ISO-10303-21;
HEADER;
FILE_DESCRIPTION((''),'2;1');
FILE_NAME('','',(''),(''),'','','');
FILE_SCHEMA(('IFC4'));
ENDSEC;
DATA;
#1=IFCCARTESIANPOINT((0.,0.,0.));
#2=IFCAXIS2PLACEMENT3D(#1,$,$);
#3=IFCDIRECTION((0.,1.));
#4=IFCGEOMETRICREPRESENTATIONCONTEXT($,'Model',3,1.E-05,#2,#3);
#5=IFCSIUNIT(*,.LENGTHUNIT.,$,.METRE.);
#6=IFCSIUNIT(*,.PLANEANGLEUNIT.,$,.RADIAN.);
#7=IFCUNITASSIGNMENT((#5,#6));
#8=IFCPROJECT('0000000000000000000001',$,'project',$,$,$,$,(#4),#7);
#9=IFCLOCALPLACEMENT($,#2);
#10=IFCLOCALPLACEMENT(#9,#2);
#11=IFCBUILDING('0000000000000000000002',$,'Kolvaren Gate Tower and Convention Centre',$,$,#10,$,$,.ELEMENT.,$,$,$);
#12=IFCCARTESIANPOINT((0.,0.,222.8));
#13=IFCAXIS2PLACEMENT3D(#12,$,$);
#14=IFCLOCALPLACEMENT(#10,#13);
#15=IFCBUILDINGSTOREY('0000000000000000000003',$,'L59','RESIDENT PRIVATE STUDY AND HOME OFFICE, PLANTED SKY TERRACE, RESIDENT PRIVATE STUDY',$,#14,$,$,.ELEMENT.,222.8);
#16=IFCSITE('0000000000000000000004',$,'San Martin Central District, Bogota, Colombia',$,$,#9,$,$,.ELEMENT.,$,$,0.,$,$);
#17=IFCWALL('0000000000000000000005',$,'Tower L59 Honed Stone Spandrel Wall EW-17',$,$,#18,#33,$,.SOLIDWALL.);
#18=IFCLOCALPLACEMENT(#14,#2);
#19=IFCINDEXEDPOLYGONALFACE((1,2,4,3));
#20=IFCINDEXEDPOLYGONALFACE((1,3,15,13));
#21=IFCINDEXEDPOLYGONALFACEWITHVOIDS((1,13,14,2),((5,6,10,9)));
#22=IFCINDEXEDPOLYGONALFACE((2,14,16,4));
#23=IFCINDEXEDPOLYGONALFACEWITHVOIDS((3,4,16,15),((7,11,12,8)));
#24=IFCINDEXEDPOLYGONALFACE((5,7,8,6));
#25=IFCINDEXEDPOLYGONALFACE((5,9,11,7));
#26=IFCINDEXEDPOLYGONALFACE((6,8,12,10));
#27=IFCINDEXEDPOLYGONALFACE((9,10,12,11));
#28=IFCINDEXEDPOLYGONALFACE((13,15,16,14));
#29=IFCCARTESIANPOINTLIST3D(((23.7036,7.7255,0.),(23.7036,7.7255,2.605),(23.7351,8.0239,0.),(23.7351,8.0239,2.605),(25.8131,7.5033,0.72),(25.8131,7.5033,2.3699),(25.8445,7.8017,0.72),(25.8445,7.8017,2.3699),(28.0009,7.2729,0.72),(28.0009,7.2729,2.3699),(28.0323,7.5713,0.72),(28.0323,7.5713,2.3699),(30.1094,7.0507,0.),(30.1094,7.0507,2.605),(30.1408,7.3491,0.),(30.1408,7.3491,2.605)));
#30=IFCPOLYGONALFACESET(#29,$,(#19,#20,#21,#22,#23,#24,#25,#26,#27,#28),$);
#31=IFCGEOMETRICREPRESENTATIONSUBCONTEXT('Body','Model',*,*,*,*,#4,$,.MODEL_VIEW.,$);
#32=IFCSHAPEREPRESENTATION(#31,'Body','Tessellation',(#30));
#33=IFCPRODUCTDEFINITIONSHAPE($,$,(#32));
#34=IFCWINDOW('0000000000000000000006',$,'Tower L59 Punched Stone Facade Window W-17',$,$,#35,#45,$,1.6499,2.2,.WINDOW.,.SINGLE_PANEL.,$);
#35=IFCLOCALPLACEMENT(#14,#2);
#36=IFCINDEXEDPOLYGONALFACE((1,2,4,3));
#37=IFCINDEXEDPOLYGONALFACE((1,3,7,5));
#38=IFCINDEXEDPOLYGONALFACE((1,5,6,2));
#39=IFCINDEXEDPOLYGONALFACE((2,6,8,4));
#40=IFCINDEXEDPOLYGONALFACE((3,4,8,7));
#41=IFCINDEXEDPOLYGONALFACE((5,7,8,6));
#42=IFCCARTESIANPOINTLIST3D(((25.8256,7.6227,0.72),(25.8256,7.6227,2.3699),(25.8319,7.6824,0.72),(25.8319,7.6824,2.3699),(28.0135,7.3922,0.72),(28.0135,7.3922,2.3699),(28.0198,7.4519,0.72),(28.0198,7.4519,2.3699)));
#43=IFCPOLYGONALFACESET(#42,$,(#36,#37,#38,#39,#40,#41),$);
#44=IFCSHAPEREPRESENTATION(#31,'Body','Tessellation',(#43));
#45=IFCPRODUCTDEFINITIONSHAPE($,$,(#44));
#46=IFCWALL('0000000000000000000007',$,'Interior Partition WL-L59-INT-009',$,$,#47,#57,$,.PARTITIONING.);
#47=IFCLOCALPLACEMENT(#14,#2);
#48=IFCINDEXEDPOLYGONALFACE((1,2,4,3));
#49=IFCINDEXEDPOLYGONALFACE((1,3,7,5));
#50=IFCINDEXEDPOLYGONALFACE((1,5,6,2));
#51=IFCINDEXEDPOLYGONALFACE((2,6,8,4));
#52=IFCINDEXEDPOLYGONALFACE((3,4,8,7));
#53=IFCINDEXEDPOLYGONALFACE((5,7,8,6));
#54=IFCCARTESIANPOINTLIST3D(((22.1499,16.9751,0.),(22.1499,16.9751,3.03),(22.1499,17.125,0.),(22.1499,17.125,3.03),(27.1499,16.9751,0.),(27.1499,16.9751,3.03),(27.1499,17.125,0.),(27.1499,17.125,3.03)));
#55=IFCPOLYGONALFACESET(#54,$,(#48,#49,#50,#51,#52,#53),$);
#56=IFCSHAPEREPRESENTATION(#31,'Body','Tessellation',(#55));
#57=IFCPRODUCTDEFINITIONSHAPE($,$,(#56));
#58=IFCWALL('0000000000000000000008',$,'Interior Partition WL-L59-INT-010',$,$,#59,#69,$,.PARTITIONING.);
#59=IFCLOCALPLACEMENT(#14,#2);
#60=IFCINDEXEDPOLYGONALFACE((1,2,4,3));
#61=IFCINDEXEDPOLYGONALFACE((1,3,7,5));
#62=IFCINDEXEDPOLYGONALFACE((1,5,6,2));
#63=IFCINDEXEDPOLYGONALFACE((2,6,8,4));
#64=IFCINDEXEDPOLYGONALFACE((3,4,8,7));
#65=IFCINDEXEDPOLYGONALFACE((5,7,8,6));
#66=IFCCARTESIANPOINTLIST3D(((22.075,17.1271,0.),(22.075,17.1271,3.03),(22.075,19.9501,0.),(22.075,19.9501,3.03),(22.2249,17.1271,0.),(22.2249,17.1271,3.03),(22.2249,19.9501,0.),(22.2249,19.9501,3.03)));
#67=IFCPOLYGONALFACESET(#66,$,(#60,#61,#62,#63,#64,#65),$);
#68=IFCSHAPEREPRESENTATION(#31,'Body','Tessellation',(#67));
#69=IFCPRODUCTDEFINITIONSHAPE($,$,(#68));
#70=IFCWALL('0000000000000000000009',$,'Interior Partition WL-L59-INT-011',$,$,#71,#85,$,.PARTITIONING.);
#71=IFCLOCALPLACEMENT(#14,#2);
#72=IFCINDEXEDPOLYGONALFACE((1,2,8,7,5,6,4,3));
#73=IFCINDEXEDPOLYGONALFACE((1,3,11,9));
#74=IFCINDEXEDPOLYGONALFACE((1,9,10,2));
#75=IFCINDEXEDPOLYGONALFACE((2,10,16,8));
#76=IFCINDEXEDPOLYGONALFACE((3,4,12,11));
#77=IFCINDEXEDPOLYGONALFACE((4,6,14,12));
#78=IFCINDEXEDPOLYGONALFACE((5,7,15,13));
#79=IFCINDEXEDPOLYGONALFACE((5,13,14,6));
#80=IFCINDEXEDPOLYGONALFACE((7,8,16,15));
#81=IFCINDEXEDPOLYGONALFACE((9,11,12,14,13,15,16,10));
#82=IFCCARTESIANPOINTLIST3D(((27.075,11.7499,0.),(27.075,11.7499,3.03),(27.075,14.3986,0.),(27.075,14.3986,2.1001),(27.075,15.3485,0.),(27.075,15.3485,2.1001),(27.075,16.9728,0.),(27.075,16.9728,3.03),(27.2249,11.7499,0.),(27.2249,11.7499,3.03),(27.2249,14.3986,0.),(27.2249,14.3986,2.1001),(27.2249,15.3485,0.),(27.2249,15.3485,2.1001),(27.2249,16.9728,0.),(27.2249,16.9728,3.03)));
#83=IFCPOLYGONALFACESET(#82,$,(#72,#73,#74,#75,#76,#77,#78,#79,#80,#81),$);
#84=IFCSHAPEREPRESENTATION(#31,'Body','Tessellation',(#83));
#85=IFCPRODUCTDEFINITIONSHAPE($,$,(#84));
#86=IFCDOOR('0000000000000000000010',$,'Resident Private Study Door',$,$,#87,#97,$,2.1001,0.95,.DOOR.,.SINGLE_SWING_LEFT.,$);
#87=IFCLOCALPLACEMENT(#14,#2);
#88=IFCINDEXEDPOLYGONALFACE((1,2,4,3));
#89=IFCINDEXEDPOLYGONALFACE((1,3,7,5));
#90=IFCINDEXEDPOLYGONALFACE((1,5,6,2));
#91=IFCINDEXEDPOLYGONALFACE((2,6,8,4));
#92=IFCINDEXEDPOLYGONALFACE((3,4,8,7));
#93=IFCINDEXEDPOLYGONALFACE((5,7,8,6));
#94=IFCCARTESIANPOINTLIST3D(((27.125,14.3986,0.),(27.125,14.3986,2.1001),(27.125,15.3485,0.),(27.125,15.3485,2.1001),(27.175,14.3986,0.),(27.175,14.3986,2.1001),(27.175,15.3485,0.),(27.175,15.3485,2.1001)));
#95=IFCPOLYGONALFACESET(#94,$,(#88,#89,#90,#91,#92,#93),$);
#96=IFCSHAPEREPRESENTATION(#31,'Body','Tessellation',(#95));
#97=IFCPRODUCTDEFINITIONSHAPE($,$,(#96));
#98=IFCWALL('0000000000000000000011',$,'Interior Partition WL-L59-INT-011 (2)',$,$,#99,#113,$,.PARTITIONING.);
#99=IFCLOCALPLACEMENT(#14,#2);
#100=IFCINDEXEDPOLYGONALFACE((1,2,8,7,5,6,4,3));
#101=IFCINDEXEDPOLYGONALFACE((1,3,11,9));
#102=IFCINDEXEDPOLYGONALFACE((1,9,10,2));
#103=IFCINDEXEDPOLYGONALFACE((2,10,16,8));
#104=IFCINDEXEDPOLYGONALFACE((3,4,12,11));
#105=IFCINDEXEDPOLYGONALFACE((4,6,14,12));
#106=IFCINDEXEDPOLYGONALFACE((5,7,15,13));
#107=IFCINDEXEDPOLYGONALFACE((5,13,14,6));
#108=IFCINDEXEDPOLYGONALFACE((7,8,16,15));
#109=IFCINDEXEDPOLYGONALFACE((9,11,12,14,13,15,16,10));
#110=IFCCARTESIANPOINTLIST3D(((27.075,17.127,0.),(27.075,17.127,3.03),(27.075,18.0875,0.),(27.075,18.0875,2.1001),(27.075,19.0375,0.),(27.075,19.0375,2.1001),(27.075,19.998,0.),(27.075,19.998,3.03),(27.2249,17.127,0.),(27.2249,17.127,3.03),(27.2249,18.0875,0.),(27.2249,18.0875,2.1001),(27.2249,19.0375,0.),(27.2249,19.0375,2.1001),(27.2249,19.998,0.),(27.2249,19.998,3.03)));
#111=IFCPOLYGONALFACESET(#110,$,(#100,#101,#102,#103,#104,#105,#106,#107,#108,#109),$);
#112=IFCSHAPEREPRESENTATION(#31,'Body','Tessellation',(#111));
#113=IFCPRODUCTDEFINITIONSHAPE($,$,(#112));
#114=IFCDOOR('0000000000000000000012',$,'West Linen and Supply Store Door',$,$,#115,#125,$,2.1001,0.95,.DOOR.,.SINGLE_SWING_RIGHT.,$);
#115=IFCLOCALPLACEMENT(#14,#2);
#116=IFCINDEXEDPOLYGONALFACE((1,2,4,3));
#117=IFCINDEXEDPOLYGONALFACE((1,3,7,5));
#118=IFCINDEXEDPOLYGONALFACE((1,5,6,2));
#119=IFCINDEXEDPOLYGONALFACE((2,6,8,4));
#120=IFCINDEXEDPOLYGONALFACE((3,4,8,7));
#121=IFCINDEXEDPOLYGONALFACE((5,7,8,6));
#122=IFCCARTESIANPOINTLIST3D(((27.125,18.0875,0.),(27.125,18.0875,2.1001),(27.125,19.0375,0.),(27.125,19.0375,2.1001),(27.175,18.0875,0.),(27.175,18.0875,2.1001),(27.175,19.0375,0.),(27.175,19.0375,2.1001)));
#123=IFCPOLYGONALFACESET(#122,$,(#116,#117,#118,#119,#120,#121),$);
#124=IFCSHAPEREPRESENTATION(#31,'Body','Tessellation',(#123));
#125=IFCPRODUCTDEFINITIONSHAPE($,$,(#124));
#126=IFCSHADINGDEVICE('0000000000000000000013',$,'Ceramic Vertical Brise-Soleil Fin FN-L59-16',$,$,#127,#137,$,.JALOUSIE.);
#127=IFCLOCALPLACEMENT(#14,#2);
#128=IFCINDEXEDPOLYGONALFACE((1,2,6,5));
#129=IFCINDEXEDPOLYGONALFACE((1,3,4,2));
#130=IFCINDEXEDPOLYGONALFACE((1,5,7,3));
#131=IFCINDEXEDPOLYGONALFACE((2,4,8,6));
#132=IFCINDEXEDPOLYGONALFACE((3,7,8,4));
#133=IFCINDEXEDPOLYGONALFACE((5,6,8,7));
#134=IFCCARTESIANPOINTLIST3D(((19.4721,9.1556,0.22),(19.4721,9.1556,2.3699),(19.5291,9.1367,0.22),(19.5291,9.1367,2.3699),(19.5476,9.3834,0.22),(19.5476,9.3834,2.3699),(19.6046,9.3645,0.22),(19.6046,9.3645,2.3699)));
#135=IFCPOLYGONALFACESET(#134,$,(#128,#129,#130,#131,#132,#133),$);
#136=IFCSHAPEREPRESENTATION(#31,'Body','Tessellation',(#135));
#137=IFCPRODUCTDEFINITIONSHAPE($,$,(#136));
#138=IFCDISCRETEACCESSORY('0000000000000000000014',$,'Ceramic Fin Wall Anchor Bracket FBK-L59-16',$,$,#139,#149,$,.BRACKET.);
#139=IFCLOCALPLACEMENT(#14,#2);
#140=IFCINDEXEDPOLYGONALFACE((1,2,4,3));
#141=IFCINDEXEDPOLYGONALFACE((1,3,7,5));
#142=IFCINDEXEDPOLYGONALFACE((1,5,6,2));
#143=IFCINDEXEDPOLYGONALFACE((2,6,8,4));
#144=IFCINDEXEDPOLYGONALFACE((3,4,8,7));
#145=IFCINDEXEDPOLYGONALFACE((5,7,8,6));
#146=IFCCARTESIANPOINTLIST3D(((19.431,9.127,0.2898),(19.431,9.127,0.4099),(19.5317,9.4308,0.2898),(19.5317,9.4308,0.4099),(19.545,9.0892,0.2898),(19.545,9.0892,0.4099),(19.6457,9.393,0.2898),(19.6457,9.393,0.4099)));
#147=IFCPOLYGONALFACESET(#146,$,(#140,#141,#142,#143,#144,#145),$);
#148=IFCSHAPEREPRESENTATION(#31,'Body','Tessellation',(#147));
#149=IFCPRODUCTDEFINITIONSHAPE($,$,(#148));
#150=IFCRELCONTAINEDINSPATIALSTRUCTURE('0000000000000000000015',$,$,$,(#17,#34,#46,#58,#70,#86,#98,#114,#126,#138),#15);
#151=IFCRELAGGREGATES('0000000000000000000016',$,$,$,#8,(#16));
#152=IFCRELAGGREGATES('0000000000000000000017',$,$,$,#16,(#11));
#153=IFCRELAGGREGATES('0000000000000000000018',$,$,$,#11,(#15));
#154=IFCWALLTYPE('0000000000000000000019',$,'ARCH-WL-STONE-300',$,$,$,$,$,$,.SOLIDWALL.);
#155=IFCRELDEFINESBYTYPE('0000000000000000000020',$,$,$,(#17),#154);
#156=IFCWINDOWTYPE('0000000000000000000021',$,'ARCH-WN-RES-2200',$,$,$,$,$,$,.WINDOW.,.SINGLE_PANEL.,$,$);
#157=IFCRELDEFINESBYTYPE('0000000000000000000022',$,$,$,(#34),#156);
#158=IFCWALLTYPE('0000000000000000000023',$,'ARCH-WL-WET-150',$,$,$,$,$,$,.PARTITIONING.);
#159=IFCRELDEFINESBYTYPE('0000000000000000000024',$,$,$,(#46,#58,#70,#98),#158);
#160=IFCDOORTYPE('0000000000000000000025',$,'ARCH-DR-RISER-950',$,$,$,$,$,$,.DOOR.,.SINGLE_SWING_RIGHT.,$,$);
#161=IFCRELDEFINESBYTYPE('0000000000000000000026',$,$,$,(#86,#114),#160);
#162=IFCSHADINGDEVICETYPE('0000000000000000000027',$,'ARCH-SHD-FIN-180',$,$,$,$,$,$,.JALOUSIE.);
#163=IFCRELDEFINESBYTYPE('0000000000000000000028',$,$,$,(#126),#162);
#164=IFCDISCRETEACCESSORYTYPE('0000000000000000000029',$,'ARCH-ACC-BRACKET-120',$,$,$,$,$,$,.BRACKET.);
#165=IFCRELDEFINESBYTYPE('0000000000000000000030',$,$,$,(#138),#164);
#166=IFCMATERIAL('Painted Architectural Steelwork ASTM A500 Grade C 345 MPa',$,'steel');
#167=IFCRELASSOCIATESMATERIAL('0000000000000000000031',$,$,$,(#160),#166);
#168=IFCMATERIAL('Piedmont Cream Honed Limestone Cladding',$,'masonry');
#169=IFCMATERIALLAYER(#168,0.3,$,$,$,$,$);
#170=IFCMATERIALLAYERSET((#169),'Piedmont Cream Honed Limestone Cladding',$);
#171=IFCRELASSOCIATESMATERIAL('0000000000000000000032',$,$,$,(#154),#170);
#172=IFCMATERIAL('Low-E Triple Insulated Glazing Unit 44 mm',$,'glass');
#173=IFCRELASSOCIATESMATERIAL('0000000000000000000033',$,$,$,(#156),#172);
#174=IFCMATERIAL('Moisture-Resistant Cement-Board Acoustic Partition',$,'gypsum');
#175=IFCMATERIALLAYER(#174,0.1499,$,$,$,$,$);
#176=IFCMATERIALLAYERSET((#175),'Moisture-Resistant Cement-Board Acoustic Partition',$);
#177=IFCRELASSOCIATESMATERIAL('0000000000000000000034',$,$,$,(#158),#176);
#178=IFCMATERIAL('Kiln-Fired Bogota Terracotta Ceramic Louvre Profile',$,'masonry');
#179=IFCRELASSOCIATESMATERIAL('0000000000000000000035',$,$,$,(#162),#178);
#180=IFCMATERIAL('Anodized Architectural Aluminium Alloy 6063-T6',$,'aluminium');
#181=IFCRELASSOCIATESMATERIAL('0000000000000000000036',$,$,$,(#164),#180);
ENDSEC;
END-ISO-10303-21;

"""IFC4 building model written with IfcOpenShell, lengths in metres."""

from ifc_helpers import new_model, si_unit, direction, frame, frame_2d, origin, origin_2d, place, context, subcontext, project, spatial, rectangle, extrude, material, layer, layer_set, type_object, element, fill, save


model = new_model("IFC4")

# Units and contexts
model_context = context("Model", 3, precision=1e-05, world=origin(), true_north=direction((0.0, 1.0)))
body_context = subcontext(model_context, "Body", "Model", "MODEL_VIEW")
ifc_project = project(units=[si_unit("LENGTHUNIT", "METRE"), si_unit("PLANEANGLEUNIT", "RADIAN")], contexts=[model_context])

# Site, building, storey
site_placement = place(None, origin())
site = spatial("IfcSite", under=ifc_project, at=site_placement, Name="San Martin Central District, Bogota, Colombia", CompositionType="ELEMENT", RefElevation=0.0)
building_placement = place(site_placement, origin())
building = spatial("IfcBuilding", under=site, at=building_placement, Name="Kolvaren Gate Tower and Convention Centre", CompositionType="ELEMENT")
storey_placement = place(building_placement, frame((0.0, 0.0, 222.8)))
storey = spatial("IfcBuildingStorey", under=building, at=storey_placement, Name="L59", Description="RESIDENT PRIVATE STUDY AND HOME OFFICE, PLANTED SKY TERRACE, RESIDENT PRIVATE STUDY", CompositionType="ELEMENT", Elevation=222.8)

# Shared definitions
ifc_material_1 = material(Name="Painted Architectural Steelwork ASTM A500 Grade C 345 MPa", Category="steel")
door_type = type_object("IfcDoorType", Name="ARCH-DR-RISER-950", OperationType="SINGLE_SWING_RIGHT", PredefinedType="DOOR", material=ifc_material_1)

# Shared definitions
ifc_material_2 = material(Name="Piedmont Cream Honed Limestone Cladding", Category="masonry")

# Wall, opening, window
ifc_layer_1 = layer(ifc_material_2, 0.3)
ifc_layer_set_1 = layer_set([ifc_layer_1], Name="Piedmont Cream Honed Limestone Cladding")
wall_type_1 = type_object("IfcWallType", Name="ARCH-WL-STONE-300", PredefinedType="SOLIDWALL", material=ifc_layer_set_1)
wall_1_placement = place(storey_placement, frame((23.7192, 7.8748, 0.0), z_axis=(0.0, 0.0, 1.0), x_axis=(0.994497, -0.104764, 0.0)))
wall_1 = element("IfcWall", 1, at=wall_1_placement, inside=storey, type_object=wall_type_1, Name="Tower L59 Honed Stone Spandrel Wall EW-17", PredefinedType="SOLIDWALL", context=body_context, shape_type="SweptSolid", body=[
    extrude(rectangle(XDim=6.4412, YDim=0.3, at=frame_2d((3.2207, 0.0))), origin(), (0.0, 0.0, 1.0), 2.605),
])
opening_1_placement = place(wall_1_placement, frame((2.1211, 0.0, 0.72)))
opening_1 = element("IfcOpeningElement", 2, at=opening_1_placement, cuts=wall_1, PredefinedType="OPENING", context=body_context, shape_type="SweptSolid", body=[
    extrude(rectangle(XDim=2.2, YDim=1.6499, at=frame_2d((1.1001, 0.825))), frame((0.0, 0.1599, 0.0), z_axis=(0.0, -1.0, 0.0), x_axis=(1.0, 0.0, 0.0)), (0.0, 0.0, 1.0), 0.3201),
])
ifc_material_3 = material(Name="Low-E Triple Insulated Glazing Unit 44 mm", Category="glass")
window_type = type_object("IfcWindowType", Name="ARCH-WN-RES-2200", PartitioningType="SINGLE_PANEL", PredefinedType="WINDOW", material=ifc_material_3)
window_placement = place(opening_1_placement, origin())
window = element("IfcWindow", 3, at=window_placement, inside=storey, type_object=window_type, Name="Tower L59 Punched Stone Facade Window W-17", OverallHeight=1.6499, OverallWidth=2.2, PartitioningType="SINGLE_PANEL", PredefinedType="WINDOW", context=body_context, shape_type="SweptSolid", body=[
    extrude(rectangle(XDim=2.2, YDim=1.6499, at=frame_2d((1.1001, 0.825))), frame((0.0, 0.03, 0.0), z_axis=(0.0, -1.0, 0.0), x_axis=(1.0, 0.0, 0.0)), (0.0, 0.0, 1.0), 0.0601),
])
fill(opening_1, window)

# Walls
ifc_material_4 = material(Name="Moisture-Resistant Cement-Board Acoustic Partition", Category="gypsum")
ifc_layer_2 = layer(ifc_material_4, 0.1499)
ifc_layer_set_2 = layer_set([ifc_layer_2], Name="Moisture-Resistant Cement-Board Acoustic Partition")
wall_type_2 = type_object("IfcWallType", Name="ARCH-WL-WET-150", PredefinedType="PARTITIONING", material=ifc_layer_set_2)
wall_2_placement = place(storey_placement, frame((22.1499, 17.05, 0.0), z_axis=(0.0, 0.0, 1.0), x_axis=(1.0, 0.0, 0.0)))
element("IfcWall", 4, at=wall_2_placement, inside=storey, type_object=wall_type_2, Name="Interior Partition WL-L59-INT-009", PredefinedType="PARTITIONING", context=body_context, shape_type="SweptSolid", body=[
    extrude(rectangle(XDim=5.0, YDim=0.1499, at=frame_2d((2.5, 0.0))), origin(), (0.0, 0.0, 1.0), 3.03),
])
wall_3_placement = place(storey_placement, frame((22.1499, 17.127, 0.0), z_axis=(0.0, 0.0, 1.0), x_axis=(0.0, 1.0, 0.0)))
element("IfcWall", 5, at=wall_3_placement, inside=storey, type_object=wall_type_2, Name="Interior Partition WL-L59-INT-010", PredefinedType="PARTITIONING", context=body_context, shape_type="SweptSolid", body=[
    extrude(rectangle(XDim=2.823, YDim=0.1499, at=frame_2d((1.4116, 0.0))), origin(), (0.0, 0.0, 1.0), 3.03),
])

# Walls, openings, doors
wall_4_placement = place(storey_placement, frame((27.1499, 11.75, 0.0), z_axis=(0.0, 0.0, 1.0), x_axis=(0.0, 1.0, 0.0)))
wall_4 = element("IfcWall", 6, at=wall_4_placement, inside=storey, type_object=wall_type_2, Name="Interior Partition WL-L59-INT-011", PredefinedType="PARTITIONING", context=body_context, shape_type="SweptSolid", body=[
    extrude(rectangle(XDim=5.2229, YDim=0.1499, at=frame_2d((2.6113, 0.0))), origin(), (0.0, 0.0, 1.0), 3.03),
])
opening_2_placement = place(wall_4_placement, frame((2.6484, 0.0, 0.0)))
opening_2 = element("IfcOpeningElement", 7, at=opening_2_placement, cuts=wall_4, PredefinedType="OPENING", context=body_context, shape_type="SweptSolid", body=[
    extrude(rectangle(XDim=0.95, YDim=2.1001, at=frame_2d((0.4751, 1.05))), frame((0.0, 0.085, 0.0), z_axis=(0.0, -1.0, 0.0), x_axis=(1.0, 0.0, 0.0)), (0.0, 0.0, 1.0), 0.1699),
])
door_1_placement = place(opening_2_placement, origin())
door_1 = element("IfcDoor", 8, at=door_1_placement, inside=storey, type_object=door_type, Name="Resident Private Study Door", OperationType="SINGLE_SWING_LEFT", OverallHeight=2.1001, OverallWidth=0.95, PredefinedType="DOOR", context=body_context, shape_type="SweptSolid", body=[
    extrude(rectangle(XDim=0.95, YDim=2.1001, at=frame_2d((0.4751, 1.05))), frame((0.0, 0.0249, 0.0), z_axis=(0.0, -1.0, 0.0), x_axis=(1.0, 0.0, 0.0)), (0.0, 0.0, 1.0), 0.05),
])
fill(opening_2, door_1)
wall_5_placement = place(storey_placement, frame((27.1499, 17.127, 0.0), z_axis=(0.0, 0.0, 1.0), x_axis=(0.0, 1.0, 0.0)))
wall_5 = element("IfcWall", 9, at=wall_5_placement, inside=storey, type_object=wall_type_2, Name="Interior Partition WL-L59-INT-011 (2)", PredefinedType="PARTITIONING", context=body_context, shape_type="SweptSolid", body=[
    extrude(rectangle(XDim=2.8711, YDim=0.1499, at=frame_2d((1.4355, 0.0))), origin(), (0.0, 0.0, 1.0), 3.03),
])
opening_3_placement = place(wall_5_placement, frame((0.9604, 0.0, 0.0)))
opening_3 = element("IfcOpeningElement", 10, at=opening_3_placement, cuts=wall_5, PredefinedType="OPENING", context=body_context, shape_type="SweptSolid", body=[
    extrude(rectangle(XDim=0.95, YDim=2.1001, at=frame_2d((0.4751, 1.05))), frame((0.0, 0.085, 0.0), z_axis=(0.0, -1.0, 0.0), x_axis=(1.0, 0.0, 0.0)), (0.0, 0.0, 1.0), 0.1699),
])
door_2_placement = place(opening_3_placement, origin())
door_2 = element("IfcDoor", 11, at=door_2_placement, inside=storey, type_object=door_type, Name="West Linen and Supply Store Door", OperationType="SINGLE_SWING_RIGHT", OverallHeight=2.1001, OverallWidth=0.95, PredefinedType="DOOR", context=body_context, shape_type="SweptSolid", body=[
    extrude(rectangle(XDim=0.95, YDim=2.1001, at=frame_2d((0.4751, 1.05))), frame((0.0, 0.0249, 0.0), z_axis=(0.0, -1.0, 0.0), x_axis=(1.0, 0.0, 0.0)), (0.0, 0.0, 1.0), 0.05),
])
fill(opening_3, door_2)

# Shading device
ifc_material_5 = material(Name="Kiln-Fired Bogota Terracotta Ceramic Louvre Profile", Category="masonry")
shading_device_type = type_object("IfcShadingDeviceType", Name="ARCH-SHD-FIN-180", PredefinedType="JALOUSIE", material=ifc_material_5)
shading_device_placement = place(storey_placement, frame((19.5383, 9.26, 0.22), z_axis=(0.0, 0.0, 1.0), x_axis=(0.949242, -0.314548, 0.0)))
element("IfcShadingDevice", 12, at=shading_device_placement, inside=storey, type_object=shading_device_type, Name="Ceramic Vertical Brise-Soleil Fin FN-L59-16", PredefinedType="JALOUSIE", context=body_context, shape_type="SweptSolid", body=[
    extrude(rectangle(XDim=0.0601, YDim=0.24, at=origin_2d()), origin(), (0.0, 0.0, 1.0), 2.1499),
])

# Discrete accessory
ifc_material_6 = material(Name="Anodized Architectural Aluminium Alloy 6063-T6", Category="aluminium")
discrete_accessory_type = type_object("IfcDiscreteAccessoryType", Name="ARCH-ACC-BRACKET-120", PredefinedType="BRACKET", material=ifc_material_6)
discrete_accessory_placement = place(storey_placement, frame((19.5383, 9.26, 0.2898), z_axis=(0.0, 0.0, 1.0), x_axis=(0.949242, -0.314548, 0.0)))
element("IfcDiscreteAccessory", 13, at=discrete_accessory_placement, inside=storey, type_object=discrete_accessory_type, Name="Ceramic Fin Wall Anchor Bracket FBK-L59-16", PredefinedType="BRACKET", context=body_context, shape_type="SweptSolid", body=[
    extrude(rectangle(XDim=0.1201, YDim=0.3201, at=origin_2d()), origin(), (0.0, 0.0, 1.0), 0.1201),
])

save(model, "model.ifc")
